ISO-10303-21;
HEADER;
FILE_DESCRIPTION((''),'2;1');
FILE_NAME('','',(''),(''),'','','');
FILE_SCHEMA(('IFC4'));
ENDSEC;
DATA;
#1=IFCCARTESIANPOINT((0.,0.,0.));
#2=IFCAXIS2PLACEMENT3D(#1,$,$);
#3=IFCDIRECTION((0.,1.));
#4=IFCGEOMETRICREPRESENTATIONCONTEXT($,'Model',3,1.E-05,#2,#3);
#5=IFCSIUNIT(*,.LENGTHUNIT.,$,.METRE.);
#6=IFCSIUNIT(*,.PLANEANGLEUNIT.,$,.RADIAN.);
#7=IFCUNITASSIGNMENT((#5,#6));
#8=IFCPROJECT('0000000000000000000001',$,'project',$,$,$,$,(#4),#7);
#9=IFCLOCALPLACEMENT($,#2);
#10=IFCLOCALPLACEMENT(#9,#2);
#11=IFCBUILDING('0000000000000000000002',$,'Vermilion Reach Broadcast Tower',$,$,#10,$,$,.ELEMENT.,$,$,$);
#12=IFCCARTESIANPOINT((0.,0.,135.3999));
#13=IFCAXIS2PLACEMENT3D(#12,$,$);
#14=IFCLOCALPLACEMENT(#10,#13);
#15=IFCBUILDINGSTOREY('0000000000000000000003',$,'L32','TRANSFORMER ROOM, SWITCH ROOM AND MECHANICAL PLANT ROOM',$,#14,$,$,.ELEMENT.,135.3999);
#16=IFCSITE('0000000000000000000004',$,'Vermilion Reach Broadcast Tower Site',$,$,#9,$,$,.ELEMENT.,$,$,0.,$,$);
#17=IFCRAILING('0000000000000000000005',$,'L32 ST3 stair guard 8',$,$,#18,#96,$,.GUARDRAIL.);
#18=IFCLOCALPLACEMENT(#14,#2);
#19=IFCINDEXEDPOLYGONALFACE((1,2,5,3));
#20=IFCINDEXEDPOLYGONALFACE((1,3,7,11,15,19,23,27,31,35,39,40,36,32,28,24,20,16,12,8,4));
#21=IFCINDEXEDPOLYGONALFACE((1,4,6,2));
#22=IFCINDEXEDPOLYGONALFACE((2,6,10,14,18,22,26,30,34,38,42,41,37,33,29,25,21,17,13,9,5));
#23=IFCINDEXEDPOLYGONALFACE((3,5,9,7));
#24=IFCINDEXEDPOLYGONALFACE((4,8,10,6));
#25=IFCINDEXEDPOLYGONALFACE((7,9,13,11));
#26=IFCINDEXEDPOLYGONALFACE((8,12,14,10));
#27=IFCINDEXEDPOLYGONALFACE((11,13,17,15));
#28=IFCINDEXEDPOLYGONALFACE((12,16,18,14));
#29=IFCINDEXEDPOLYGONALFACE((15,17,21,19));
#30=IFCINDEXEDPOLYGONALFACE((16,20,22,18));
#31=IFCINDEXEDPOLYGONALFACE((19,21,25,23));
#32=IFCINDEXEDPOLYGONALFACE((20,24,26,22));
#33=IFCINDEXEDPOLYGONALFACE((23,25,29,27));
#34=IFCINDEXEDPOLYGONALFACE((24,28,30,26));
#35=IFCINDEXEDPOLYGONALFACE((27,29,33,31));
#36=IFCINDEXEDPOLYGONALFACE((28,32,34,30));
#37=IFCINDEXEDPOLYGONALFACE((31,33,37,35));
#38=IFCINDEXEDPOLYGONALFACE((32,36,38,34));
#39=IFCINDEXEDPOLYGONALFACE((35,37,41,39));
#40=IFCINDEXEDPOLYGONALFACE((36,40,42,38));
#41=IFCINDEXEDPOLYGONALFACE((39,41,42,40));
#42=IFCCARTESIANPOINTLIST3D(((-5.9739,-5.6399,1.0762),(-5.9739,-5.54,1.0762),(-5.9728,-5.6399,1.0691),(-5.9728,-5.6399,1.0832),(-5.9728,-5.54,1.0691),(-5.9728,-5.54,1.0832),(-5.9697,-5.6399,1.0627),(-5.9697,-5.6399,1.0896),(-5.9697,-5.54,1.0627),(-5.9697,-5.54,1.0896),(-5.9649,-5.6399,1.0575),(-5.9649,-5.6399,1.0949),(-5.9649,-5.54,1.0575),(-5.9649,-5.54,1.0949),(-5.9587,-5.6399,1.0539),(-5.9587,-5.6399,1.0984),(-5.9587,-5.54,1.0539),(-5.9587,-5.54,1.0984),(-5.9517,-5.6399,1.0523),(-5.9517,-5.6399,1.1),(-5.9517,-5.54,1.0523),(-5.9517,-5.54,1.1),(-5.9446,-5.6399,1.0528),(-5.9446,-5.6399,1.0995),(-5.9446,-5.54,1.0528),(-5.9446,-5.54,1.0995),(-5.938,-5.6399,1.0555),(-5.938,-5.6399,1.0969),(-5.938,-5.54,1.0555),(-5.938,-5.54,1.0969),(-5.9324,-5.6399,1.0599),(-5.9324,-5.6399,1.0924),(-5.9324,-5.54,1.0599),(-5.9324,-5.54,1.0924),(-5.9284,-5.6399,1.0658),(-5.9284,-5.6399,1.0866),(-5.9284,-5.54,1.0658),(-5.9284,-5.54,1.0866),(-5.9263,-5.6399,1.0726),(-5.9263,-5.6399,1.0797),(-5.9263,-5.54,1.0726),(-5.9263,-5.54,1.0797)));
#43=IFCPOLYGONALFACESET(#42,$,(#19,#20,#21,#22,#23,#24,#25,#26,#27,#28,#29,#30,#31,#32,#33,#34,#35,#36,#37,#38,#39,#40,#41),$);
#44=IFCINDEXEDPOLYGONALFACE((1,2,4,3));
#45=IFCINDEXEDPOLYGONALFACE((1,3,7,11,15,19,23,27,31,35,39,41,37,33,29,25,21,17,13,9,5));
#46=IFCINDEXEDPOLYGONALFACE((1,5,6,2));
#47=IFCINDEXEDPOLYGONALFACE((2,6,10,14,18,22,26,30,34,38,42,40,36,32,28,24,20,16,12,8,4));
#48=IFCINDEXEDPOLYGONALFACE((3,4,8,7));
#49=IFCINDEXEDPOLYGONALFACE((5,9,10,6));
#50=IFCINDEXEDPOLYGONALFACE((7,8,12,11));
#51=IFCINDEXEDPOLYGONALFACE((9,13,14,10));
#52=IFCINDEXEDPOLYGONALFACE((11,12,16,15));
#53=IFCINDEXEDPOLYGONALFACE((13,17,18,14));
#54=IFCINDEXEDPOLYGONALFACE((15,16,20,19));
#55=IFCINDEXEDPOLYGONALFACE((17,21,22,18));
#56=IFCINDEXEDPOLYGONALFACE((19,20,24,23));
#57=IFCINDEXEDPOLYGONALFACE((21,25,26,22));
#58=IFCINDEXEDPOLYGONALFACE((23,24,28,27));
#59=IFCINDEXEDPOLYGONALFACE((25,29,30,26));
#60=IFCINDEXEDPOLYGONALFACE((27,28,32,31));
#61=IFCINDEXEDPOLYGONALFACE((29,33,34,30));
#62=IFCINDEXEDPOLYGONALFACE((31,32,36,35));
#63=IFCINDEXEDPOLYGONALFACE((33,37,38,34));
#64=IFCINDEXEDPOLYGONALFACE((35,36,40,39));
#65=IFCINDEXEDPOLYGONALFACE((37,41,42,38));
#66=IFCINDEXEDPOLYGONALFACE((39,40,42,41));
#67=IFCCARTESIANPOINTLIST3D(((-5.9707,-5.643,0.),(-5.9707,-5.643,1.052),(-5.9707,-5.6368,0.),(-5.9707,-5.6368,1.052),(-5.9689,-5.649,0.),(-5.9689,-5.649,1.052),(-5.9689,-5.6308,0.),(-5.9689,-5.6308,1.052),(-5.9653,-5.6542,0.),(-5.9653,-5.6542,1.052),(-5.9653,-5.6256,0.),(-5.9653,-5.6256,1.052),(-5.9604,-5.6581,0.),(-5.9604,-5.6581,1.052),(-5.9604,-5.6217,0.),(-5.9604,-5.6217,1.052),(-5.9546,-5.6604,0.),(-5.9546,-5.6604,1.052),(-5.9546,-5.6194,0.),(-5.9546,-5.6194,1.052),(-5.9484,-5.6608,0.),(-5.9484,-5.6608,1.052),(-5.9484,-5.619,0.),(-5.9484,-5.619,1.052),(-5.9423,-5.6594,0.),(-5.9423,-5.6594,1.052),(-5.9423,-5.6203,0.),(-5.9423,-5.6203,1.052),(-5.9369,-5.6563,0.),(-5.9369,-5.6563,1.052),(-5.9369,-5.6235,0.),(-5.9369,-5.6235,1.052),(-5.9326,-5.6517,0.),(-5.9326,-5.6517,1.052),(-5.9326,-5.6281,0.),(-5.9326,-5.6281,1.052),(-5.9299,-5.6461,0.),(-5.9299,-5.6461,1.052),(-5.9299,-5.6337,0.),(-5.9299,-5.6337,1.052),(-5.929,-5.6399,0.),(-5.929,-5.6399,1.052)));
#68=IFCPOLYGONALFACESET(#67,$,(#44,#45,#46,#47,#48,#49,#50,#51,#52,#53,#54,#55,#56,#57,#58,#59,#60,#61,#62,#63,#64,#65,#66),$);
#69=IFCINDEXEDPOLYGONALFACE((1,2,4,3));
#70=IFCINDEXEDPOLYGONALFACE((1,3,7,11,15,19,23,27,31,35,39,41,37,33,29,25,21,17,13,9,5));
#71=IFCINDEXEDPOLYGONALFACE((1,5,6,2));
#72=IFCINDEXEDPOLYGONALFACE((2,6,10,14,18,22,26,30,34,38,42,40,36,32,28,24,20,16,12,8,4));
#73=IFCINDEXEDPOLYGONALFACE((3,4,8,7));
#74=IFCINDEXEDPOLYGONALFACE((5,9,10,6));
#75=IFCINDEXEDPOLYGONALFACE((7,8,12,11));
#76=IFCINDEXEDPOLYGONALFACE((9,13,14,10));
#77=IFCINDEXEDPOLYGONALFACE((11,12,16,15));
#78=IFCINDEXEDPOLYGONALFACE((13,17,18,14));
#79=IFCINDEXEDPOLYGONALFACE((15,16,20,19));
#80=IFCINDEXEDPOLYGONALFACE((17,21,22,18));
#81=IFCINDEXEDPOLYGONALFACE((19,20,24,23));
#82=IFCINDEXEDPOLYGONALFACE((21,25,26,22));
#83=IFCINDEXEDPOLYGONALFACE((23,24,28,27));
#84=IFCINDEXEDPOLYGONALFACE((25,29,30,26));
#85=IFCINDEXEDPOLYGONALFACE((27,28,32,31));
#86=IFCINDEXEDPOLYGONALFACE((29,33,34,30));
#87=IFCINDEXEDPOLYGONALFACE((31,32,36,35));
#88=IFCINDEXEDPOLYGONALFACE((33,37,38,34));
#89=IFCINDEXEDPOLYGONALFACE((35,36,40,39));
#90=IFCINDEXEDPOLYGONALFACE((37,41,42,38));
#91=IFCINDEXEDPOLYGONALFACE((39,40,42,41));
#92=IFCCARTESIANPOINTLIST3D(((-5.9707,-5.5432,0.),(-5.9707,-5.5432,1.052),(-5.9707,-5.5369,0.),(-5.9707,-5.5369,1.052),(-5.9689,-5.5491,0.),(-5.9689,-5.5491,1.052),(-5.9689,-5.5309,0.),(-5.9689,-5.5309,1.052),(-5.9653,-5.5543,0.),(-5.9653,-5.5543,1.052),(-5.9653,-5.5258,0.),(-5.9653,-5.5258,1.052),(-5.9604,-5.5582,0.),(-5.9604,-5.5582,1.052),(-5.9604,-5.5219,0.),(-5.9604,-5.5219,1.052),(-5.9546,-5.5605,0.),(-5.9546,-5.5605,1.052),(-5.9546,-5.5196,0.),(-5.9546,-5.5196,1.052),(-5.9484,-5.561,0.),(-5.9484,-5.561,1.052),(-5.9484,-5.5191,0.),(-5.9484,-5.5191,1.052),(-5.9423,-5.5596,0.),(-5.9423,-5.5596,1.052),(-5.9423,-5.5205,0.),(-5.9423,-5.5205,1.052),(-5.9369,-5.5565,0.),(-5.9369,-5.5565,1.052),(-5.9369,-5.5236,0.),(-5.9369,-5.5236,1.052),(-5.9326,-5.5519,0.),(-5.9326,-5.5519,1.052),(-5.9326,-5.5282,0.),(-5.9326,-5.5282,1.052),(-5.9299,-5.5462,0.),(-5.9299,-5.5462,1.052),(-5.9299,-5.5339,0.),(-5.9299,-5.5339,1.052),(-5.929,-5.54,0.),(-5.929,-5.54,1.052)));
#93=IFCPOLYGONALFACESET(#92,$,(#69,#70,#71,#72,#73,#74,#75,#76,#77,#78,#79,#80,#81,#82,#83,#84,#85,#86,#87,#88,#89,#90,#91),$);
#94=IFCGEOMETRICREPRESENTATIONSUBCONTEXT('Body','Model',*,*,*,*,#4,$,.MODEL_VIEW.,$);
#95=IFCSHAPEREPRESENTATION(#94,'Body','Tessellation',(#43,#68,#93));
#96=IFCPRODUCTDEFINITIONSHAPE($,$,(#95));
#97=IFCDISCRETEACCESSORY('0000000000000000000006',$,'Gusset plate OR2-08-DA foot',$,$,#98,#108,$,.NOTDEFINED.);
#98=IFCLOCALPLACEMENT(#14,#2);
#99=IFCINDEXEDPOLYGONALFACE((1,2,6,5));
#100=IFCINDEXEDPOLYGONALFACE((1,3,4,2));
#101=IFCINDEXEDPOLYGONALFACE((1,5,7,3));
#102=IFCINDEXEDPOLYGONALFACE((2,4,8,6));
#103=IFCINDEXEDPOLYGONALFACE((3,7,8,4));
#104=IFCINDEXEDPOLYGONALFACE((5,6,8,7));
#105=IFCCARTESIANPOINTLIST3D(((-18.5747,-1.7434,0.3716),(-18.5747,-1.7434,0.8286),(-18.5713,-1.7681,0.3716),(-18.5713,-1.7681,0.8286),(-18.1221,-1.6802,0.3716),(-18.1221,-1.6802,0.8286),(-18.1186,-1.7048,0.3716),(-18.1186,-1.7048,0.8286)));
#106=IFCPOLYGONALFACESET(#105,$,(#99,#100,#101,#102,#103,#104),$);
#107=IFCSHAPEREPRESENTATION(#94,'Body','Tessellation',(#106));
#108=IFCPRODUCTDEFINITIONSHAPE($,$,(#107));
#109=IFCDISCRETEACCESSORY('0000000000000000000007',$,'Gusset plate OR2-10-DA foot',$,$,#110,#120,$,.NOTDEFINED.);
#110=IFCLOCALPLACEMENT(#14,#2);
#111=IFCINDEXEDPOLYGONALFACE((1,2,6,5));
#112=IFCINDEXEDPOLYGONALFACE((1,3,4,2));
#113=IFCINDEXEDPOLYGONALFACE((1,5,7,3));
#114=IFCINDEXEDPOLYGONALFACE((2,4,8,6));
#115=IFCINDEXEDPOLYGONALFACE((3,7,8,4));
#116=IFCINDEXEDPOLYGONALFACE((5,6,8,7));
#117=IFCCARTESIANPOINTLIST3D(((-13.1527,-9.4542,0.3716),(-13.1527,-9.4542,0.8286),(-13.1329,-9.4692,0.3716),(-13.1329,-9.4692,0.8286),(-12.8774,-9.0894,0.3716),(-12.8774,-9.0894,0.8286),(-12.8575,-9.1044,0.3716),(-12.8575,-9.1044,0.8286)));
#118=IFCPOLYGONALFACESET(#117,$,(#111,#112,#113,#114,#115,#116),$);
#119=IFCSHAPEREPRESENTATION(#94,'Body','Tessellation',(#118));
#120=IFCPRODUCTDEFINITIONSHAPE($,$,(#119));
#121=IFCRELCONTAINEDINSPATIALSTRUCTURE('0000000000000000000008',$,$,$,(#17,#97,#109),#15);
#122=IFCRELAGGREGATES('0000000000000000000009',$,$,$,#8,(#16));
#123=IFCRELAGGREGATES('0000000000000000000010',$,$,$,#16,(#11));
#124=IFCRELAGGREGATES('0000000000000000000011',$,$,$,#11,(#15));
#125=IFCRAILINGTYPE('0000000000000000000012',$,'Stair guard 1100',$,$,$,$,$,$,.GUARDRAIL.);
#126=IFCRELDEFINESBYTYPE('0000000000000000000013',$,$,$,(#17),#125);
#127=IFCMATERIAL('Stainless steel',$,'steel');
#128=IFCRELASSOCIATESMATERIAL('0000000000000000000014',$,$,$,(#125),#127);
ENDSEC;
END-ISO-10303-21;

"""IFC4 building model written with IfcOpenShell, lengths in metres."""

from ifc_helpers import new_model, si_unit, direction, frame, origin, origin_2d, place, context, subcontext, project, spatial, rectangle, circle, extrude, material, type_object, element, save


model = new_model("IFC4")

# Units and contexts
model_context = context("Model", 3, precision=1e-05, world=origin(), true_north=direction((0.0, 1.0)))
body_context = subcontext(model_context, "Body", "Model", "MODEL_VIEW")
ifc_project = project(units=[si_unit("LENGTHUNIT", "METRE"), si_unit("PLANEANGLEUNIT", "RADIAN")], contexts=[model_context])

# Site, building, storey
site_placement = place(None, origin())
site = spatial("IfcSite", under=ifc_project, at=site_placement, Name="Vermilion Reach Broadcast Tower Site", CompositionType="ELEMENT", RefElevation=0.0)
building_placement = place(site_placement, origin())
building = spatial("IfcBuilding", under=site, at=building_placement, Name="Vermilion Reach Broadcast Tower", CompositionType="ELEMENT")
storey_placement = place(building_placement, frame((0.0, 0.0, 135.3999)))
storey = spatial("IfcBuildingStorey", under=building, at=storey_placement, Name="L32", Description="TRANSFORMER ROOM, SWITCH ROOM AND MECHANICAL PLANT ROOM", CompositionType="ELEMENT", Elevation=135.3999)

# Railing
ifc_material_1 = material(Name="Stainless steel", Category="steel")
railing_type = type_object("IfcRailingType", Name="Stair guard 1100", PredefinedType="GUARDRAIL", material=ifc_material_1)
for number, where, name in (
    (1, (-5.95, -5.6399, 0.0), "L32 ST3 stair guard 8"),
):
    element("IfcRailing", number, at=place(storey_placement, frame(where)), inside=storey, type_object=railing_type, Name=name, PredefinedType="GUARDRAIL", context=body_context, shape_type="SweptSolid", body=[
        extrude(circle(Radius=0.0239, at=origin_2d()), frame((0.0, 0.0, 1.0762), z_axis=(0.0, 1.0, 0.0), x_axis=(-1.0, 0.0, 0.0)), (0.0, 0.0, 1.0), 0.0999),
        extrude(circle(Radius=0.021, at=origin_2d()), origin(), (0.0, 0.0, 1.0), 1.052),
        extrude(circle(Radius=0.021, at=origin_2d()), frame((0.0, 0.0999, 0.0)), (0.0, 0.0, 1.0), 1.052),
    ])

# Discrete accessories
for number, where, z_axis, x_axis, name in (
    (2, (-18.3467, -1.7241, 0.3716), (0.0, 0.0, 1.0), (0.138309, -0.990389, 0.0), "Gusset plate OR2-08-DA foot"),
    (3, (-13.0051, -9.2793, 0.3716), (0.0, 0.0, 1.0), (0.79811, -0.602512, 0.0), "Gusset plate OR2-10-DA foot"),
):
    element("IfcDiscreteAccessory", number, at=place(storey_placement, frame(where, z_axis=z_axis, x_axis=x_axis)), inside=storey, Name=name, PredefinedType="NOTDEFINED", context=body_context, shape_type="SweptSolid", body=[
        extrude(rectangle(XDim=0.0249, YDim=0.457, at=origin_2d()), origin(), (0.0, 0.0, 1.0), 0.457),
    ])

save(model, "model.ifc")
